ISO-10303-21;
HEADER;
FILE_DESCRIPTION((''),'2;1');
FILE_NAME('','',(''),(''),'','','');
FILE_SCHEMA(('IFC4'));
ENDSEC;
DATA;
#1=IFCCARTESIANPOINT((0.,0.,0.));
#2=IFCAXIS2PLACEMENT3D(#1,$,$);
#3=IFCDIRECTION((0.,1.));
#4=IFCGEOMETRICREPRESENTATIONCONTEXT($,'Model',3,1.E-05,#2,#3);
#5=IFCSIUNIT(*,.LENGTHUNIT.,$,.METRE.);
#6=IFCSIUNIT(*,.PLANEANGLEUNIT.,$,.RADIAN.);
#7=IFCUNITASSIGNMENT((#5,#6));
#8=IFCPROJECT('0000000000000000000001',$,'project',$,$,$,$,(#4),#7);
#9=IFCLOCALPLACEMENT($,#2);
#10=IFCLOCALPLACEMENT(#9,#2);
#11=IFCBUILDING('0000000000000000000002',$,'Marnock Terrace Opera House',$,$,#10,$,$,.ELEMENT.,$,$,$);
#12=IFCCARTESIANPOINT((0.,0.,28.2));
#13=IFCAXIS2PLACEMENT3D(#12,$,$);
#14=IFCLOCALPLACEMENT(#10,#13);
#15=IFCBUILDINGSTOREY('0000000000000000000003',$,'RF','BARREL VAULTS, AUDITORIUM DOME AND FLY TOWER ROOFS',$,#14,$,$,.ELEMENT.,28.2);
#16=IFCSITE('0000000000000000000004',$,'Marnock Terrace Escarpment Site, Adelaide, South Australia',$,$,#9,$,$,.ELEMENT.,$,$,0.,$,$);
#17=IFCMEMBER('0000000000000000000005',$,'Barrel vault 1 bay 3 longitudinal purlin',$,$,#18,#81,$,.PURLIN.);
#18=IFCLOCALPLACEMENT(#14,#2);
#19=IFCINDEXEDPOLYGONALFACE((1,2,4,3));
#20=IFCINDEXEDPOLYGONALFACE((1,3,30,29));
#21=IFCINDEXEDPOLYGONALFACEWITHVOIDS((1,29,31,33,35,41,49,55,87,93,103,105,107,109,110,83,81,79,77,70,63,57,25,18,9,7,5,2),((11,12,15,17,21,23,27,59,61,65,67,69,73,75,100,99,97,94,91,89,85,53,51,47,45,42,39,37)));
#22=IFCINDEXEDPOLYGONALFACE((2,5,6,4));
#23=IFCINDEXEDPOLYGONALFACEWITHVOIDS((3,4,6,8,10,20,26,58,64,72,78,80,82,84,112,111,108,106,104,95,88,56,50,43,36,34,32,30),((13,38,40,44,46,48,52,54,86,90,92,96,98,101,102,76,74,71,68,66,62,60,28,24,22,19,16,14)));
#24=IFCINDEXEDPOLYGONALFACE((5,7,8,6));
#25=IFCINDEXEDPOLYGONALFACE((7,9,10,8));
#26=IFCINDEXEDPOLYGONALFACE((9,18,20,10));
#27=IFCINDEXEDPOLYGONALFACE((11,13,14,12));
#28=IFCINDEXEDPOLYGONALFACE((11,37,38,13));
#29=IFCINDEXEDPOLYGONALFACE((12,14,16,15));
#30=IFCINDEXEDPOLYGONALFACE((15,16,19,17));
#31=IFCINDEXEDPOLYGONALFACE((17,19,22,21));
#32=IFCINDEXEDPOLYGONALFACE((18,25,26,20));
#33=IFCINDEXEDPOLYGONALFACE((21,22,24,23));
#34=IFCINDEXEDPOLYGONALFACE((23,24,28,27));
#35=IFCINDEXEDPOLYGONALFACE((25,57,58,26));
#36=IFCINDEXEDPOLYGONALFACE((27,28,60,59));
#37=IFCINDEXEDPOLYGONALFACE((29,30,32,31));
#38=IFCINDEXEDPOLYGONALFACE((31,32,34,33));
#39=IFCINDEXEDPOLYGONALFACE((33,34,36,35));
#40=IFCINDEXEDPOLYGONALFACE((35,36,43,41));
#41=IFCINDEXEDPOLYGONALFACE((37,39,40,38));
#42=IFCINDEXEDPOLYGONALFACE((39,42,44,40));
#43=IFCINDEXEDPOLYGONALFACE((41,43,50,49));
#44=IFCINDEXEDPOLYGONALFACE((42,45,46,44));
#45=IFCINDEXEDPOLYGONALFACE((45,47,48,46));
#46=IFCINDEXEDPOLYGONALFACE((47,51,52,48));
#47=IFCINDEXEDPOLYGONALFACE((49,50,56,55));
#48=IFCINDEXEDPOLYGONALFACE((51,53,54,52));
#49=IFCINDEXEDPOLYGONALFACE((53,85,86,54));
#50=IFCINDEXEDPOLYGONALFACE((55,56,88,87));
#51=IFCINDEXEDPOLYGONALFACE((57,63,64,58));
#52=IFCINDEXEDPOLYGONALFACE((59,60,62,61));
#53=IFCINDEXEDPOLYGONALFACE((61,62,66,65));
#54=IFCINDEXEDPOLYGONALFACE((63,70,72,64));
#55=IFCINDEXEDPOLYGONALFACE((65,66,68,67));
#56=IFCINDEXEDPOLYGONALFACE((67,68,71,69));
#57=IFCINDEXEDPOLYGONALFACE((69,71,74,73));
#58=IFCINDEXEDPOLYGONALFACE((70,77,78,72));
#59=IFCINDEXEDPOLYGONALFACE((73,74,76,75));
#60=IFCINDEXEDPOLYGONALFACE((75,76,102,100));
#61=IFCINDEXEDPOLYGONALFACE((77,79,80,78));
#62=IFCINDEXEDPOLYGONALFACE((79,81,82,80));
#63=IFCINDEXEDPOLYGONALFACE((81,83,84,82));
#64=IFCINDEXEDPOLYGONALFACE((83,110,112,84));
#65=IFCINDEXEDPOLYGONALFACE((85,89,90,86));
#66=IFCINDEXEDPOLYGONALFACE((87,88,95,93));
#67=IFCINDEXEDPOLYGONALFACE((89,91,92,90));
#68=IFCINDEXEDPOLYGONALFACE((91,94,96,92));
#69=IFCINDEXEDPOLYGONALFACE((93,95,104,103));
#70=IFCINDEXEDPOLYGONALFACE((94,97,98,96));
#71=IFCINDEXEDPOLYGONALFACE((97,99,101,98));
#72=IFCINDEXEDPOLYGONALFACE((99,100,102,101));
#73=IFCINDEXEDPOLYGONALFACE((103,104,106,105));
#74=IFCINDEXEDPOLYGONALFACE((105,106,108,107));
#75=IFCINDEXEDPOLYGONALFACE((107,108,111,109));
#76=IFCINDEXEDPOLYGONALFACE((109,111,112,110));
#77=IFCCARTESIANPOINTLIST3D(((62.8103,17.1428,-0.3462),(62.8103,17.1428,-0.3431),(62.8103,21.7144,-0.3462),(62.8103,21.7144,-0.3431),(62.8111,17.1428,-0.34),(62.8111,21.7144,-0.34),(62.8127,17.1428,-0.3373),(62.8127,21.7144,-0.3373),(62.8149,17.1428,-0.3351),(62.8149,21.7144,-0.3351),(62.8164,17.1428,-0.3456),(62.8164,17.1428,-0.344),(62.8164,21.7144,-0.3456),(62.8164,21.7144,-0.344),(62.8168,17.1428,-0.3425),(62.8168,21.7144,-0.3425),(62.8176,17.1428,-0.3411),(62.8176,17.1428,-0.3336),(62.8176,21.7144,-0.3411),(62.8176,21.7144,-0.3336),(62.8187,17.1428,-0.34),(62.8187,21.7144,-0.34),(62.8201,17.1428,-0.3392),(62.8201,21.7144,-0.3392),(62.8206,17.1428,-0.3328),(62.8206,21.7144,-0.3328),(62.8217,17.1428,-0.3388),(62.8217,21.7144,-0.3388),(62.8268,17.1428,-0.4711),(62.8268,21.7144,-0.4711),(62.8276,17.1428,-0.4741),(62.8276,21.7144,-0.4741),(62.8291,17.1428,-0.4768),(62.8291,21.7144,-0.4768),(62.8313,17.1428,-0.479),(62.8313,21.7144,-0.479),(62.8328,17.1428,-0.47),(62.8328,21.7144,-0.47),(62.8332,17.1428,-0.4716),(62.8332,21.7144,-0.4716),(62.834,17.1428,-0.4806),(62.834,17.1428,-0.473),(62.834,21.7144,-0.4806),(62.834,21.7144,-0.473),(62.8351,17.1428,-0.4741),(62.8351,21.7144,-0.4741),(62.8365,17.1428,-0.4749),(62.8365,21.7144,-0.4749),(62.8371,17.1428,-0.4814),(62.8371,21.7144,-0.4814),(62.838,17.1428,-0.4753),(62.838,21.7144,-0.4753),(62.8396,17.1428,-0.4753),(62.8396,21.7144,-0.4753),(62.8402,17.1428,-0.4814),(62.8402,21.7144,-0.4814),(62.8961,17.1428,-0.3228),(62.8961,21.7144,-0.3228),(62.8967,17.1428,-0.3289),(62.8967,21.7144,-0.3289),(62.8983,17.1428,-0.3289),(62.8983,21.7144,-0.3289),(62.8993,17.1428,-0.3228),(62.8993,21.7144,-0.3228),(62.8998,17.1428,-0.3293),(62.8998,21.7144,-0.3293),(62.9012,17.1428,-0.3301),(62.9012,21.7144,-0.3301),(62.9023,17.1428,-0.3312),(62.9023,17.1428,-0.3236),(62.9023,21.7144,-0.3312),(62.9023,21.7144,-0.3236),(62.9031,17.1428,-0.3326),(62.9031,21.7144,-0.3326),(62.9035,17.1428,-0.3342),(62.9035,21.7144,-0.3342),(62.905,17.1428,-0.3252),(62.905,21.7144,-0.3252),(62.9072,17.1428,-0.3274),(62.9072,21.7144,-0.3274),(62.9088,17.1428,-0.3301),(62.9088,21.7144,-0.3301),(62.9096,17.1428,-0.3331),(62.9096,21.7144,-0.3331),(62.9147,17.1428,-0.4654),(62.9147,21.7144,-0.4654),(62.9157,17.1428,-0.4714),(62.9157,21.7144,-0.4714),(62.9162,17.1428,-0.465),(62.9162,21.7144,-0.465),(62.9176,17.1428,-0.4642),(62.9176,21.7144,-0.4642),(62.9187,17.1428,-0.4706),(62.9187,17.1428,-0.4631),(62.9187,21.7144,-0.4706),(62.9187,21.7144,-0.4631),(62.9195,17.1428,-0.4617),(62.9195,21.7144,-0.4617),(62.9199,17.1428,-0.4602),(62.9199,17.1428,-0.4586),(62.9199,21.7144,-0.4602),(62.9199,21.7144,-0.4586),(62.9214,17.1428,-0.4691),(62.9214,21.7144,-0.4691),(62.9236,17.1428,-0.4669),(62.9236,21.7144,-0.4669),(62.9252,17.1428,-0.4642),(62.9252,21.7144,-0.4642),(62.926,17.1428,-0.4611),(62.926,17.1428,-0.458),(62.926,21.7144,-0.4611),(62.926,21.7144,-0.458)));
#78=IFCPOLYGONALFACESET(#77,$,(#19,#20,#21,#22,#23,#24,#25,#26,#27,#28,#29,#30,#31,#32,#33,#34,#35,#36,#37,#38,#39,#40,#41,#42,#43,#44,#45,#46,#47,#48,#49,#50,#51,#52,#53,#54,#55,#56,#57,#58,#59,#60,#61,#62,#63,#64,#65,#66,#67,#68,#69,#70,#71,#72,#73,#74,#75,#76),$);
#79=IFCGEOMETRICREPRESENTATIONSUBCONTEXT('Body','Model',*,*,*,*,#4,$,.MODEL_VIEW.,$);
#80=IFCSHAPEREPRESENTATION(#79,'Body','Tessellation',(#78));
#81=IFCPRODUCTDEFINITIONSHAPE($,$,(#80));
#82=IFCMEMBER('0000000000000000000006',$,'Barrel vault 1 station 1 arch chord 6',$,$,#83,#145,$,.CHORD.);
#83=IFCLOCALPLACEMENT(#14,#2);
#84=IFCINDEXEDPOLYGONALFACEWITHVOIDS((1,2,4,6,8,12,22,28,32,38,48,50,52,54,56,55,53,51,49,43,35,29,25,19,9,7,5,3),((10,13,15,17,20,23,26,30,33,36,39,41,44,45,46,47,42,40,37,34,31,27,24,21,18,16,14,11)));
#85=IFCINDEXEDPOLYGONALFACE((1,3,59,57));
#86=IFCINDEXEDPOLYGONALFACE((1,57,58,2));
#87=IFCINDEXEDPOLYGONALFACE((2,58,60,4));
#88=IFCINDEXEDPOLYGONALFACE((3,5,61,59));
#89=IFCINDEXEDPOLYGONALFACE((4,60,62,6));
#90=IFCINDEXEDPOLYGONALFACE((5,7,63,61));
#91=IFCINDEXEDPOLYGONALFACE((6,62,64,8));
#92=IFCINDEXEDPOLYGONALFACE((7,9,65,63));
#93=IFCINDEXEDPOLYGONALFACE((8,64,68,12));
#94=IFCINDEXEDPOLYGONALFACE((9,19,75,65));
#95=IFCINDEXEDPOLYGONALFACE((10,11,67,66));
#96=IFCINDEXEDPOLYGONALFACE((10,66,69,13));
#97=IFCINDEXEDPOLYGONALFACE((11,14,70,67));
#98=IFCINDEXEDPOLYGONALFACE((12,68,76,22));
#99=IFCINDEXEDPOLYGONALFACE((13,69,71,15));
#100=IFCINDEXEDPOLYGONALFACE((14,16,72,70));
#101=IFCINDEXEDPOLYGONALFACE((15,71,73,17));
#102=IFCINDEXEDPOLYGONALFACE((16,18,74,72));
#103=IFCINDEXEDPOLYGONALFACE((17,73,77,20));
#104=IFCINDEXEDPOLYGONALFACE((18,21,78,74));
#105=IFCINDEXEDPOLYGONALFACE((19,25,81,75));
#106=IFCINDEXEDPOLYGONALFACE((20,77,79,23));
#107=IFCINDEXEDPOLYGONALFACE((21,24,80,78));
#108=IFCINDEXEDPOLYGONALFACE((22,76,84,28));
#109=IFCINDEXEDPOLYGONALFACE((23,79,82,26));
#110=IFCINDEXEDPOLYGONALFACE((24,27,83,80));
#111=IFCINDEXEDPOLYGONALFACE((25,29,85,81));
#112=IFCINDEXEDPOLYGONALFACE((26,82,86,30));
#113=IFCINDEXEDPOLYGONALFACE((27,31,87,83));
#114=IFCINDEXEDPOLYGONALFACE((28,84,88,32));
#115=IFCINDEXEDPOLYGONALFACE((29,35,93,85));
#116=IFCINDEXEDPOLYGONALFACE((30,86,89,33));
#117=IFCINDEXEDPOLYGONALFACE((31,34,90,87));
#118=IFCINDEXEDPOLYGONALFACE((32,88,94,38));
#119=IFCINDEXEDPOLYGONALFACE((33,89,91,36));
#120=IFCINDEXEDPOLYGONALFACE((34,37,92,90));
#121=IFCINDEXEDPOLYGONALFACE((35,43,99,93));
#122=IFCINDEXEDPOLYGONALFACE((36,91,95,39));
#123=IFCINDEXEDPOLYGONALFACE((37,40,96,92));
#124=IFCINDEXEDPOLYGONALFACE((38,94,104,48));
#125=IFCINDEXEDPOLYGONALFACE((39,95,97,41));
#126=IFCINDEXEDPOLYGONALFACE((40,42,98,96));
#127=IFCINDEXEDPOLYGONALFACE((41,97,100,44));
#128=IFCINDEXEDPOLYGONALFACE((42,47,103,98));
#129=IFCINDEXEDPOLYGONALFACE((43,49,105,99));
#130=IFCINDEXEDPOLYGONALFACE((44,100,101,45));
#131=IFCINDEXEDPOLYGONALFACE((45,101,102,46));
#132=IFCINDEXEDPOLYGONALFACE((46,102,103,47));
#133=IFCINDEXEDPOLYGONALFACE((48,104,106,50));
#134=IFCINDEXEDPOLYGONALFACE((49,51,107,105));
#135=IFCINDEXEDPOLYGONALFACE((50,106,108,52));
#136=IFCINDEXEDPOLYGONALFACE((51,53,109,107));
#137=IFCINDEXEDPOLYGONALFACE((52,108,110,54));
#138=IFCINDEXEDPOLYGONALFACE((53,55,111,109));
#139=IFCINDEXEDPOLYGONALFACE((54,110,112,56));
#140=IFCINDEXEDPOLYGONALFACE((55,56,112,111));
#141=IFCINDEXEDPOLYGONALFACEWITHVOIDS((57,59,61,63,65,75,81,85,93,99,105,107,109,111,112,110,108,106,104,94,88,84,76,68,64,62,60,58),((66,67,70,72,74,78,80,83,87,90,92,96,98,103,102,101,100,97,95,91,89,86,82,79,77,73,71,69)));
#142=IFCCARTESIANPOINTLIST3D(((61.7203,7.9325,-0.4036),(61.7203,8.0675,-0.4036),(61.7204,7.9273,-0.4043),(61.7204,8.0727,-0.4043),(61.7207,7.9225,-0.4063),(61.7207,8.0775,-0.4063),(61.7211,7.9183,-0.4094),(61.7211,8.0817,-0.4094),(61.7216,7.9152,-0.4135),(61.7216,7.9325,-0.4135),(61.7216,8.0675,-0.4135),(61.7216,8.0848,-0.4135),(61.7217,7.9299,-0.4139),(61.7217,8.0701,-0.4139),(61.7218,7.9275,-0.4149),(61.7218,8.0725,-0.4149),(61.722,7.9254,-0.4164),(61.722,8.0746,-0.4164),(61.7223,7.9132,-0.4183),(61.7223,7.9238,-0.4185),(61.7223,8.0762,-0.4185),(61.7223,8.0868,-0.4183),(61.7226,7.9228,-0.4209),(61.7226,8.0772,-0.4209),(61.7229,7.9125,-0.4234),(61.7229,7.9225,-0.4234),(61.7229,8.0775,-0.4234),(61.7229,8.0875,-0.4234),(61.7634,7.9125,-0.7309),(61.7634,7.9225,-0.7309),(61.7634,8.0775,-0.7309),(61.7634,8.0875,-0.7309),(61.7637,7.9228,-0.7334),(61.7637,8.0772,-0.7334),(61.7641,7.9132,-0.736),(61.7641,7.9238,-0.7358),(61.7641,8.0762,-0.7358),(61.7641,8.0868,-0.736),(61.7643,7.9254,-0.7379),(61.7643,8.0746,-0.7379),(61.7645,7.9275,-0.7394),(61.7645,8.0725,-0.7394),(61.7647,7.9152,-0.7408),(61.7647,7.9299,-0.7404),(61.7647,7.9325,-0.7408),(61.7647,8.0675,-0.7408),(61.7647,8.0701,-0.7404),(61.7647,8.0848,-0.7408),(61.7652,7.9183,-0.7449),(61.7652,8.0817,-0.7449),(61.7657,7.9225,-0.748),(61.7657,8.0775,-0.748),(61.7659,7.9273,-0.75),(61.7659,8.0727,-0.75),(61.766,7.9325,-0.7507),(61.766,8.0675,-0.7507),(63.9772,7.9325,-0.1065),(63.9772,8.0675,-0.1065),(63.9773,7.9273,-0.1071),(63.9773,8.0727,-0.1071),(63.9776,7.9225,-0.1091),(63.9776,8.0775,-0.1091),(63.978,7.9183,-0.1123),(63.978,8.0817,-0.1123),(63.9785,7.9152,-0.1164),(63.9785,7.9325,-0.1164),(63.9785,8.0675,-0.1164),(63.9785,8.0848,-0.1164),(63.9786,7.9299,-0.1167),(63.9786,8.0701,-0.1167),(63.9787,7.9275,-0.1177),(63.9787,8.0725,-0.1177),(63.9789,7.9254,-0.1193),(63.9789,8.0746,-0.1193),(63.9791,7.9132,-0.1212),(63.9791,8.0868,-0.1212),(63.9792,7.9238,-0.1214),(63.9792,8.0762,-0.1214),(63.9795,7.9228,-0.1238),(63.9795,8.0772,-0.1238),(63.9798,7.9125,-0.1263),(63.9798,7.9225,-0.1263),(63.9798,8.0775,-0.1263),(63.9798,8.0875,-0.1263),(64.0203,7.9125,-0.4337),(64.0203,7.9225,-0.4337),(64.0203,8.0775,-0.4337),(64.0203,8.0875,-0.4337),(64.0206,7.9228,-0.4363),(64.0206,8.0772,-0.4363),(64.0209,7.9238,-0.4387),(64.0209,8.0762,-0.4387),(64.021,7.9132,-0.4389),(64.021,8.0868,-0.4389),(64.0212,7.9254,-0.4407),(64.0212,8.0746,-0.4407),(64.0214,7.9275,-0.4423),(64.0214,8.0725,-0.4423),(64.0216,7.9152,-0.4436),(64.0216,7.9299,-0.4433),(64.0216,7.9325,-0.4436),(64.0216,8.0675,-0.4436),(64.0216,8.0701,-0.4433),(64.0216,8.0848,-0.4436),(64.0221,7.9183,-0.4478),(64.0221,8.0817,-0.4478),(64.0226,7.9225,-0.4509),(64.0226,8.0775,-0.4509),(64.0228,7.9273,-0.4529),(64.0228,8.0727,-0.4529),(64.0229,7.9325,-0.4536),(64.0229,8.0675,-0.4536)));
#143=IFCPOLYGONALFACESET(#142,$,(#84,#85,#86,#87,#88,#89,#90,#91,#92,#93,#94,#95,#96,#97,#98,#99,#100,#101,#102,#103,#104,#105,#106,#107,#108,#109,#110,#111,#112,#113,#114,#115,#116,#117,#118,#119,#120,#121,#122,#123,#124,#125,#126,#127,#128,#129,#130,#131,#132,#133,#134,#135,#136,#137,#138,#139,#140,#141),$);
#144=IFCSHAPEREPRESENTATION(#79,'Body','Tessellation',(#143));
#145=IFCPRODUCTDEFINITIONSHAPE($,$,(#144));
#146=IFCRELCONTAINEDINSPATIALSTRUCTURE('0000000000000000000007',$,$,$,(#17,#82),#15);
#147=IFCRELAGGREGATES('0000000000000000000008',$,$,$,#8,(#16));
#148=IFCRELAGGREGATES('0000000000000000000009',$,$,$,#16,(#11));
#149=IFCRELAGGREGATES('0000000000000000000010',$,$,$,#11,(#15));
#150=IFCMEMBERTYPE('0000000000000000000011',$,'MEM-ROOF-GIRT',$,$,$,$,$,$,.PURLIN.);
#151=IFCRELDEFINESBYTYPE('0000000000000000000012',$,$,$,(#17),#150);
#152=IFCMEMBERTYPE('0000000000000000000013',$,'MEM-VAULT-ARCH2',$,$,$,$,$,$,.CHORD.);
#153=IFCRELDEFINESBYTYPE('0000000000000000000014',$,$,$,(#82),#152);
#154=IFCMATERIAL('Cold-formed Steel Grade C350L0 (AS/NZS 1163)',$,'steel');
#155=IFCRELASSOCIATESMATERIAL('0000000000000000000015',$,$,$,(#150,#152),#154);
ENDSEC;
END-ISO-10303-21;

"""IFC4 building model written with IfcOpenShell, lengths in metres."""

from ifc_helpers import new_model, si_unit, direction, frame, origin, origin_2d, place, context, subcontext, project, spatial, hollow_rectangle, extrude, material, material_profile, profile_set, type_object, element, save


model = new_model("IFC4")

# Units and contexts
model_context = context("Model", 3, precision=1e-05, world=origin(), true_north=direction((0.0, 1.0)))
body_context = subcontext(model_context, "Body", "Model", "MODEL_VIEW")
ifc_project = project(units=[si_unit("LENGTHUNIT", "METRE"), si_unit("PLANEANGLEUNIT", "RADIAN")], contexts=[model_context])

# Site, building, storey
site_placement = place(None, origin())
site = spatial("IfcSite", under=ifc_project, at=site_placement, Name="Marnock Terrace Escarpment Site, Adelaide, South Australia", CompositionType="ELEMENT", RefElevation=0.0)
building_placement = place(site_placement, origin())
building = spatial("IfcBuilding", under=site, at=building_placement, Name="Marnock Terrace Opera House", CompositionType="ELEMENT")
storey_placement = place(building_placement, frame((0.0, 0.0, 28.2)))
storey = spatial("IfcBuildingStorey", under=building, at=storey_placement, Name="RF", Description="BARREL VAULTS, AUDITORIUM DOME AND FLY TOWER ROOFS", CompositionType="ELEMENT", Elevation=28.2)

# Members
ifc_material_1 = material(Name="Cold-formed Steel Grade C350L0 (AS/NZS 1163)", Category="steel")
ifc_material_profile_1 = material_profile(ifc_material_1, hollow_rectangle(XDim=0.1001, YDim=0.1499, WallThickness=0.0061, InnerFilletRadius=0.0061, OuterFilletRadius=0.012, at=origin_2d()))
ifc_profile_set_1 = profile_set([ifc_material_profile_1], Name="Cold-formed Steel Grade C350L0 (AS/NZS 1163)")
member_type_1 = type_object("IfcMemberType", Name="MEM-ROOF-GIRT", PredefinedType="PURLIN", material=ifc_profile_set_1)
member_1_placement = place(storey_placement, frame((62.8682, 17.1428, -0.4021), z_axis=(0.0, 1.0, 0.0), x_axis=(-0.991445, 0.0, -0.130526)))
element("IfcMember", 1, at=member_1_placement, inside=storey, type_object=member_type_1, Name="Barrel vault 1 bay 3 longitudinal purlin", PredefinedType="PURLIN", context=body_context, shape_type="SweptSolid", body=[
    extrude(hollow_rectangle(XDim=0.1001, YDim=0.1499, WallThickness=0.0061, InnerFilletRadius=0.0061, OuterFilletRadius=0.012, at=origin_2d()), origin(), (0.0, 0.0, 1.0), 4.5715),
])
ifc_material_profile_2 = material_profile(ifc_material_1, hollow_rectangle(XDim=0.175, YDim=0.3501, WallThickness=0.01, InnerFilletRadius=0.01, OuterFilletRadius=0.02, at=origin_2d()))
ifc_profile_set_2 = profile_set([ifc_material_profile_2], Name="Cold-formed Steel Grade C350L0 (AS/NZS 1163)")
member_type_2 = type_object("IfcMemberType", Name="MEM-VAULT-ARCH2", PredefinedType="CHORD", material=ifc_profile_set_2)
for number, where, z_axis, x_axis, name in (
    (2, (61.7432, 8.0, -0.5771), (0.991445, 0.0, 0.130527), (0.0, 1.0, 0.0), "Barrel vault 1 station 1 arch chord 6"),
):
    element("IfcMember", number, at=place(storey_placement, frame(where, z_axis=z_axis, x_axis=x_axis)), inside=storey, type_object=member_type_2, Name=name, PredefinedType="CHORD", context=body_context, shape_type="SweptSolid", body=[
        extrude(hollow_rectangle(XDim=0.175, YDim=0.3501, WallThickness=0.01, InnerFilletRadius=0.01, OuterFilletRadius=0.02, at=origin_2d()), origin(), (0.0, 0.0, 1.0), 2.2764),
    ])

save(model, "model.ifc")
